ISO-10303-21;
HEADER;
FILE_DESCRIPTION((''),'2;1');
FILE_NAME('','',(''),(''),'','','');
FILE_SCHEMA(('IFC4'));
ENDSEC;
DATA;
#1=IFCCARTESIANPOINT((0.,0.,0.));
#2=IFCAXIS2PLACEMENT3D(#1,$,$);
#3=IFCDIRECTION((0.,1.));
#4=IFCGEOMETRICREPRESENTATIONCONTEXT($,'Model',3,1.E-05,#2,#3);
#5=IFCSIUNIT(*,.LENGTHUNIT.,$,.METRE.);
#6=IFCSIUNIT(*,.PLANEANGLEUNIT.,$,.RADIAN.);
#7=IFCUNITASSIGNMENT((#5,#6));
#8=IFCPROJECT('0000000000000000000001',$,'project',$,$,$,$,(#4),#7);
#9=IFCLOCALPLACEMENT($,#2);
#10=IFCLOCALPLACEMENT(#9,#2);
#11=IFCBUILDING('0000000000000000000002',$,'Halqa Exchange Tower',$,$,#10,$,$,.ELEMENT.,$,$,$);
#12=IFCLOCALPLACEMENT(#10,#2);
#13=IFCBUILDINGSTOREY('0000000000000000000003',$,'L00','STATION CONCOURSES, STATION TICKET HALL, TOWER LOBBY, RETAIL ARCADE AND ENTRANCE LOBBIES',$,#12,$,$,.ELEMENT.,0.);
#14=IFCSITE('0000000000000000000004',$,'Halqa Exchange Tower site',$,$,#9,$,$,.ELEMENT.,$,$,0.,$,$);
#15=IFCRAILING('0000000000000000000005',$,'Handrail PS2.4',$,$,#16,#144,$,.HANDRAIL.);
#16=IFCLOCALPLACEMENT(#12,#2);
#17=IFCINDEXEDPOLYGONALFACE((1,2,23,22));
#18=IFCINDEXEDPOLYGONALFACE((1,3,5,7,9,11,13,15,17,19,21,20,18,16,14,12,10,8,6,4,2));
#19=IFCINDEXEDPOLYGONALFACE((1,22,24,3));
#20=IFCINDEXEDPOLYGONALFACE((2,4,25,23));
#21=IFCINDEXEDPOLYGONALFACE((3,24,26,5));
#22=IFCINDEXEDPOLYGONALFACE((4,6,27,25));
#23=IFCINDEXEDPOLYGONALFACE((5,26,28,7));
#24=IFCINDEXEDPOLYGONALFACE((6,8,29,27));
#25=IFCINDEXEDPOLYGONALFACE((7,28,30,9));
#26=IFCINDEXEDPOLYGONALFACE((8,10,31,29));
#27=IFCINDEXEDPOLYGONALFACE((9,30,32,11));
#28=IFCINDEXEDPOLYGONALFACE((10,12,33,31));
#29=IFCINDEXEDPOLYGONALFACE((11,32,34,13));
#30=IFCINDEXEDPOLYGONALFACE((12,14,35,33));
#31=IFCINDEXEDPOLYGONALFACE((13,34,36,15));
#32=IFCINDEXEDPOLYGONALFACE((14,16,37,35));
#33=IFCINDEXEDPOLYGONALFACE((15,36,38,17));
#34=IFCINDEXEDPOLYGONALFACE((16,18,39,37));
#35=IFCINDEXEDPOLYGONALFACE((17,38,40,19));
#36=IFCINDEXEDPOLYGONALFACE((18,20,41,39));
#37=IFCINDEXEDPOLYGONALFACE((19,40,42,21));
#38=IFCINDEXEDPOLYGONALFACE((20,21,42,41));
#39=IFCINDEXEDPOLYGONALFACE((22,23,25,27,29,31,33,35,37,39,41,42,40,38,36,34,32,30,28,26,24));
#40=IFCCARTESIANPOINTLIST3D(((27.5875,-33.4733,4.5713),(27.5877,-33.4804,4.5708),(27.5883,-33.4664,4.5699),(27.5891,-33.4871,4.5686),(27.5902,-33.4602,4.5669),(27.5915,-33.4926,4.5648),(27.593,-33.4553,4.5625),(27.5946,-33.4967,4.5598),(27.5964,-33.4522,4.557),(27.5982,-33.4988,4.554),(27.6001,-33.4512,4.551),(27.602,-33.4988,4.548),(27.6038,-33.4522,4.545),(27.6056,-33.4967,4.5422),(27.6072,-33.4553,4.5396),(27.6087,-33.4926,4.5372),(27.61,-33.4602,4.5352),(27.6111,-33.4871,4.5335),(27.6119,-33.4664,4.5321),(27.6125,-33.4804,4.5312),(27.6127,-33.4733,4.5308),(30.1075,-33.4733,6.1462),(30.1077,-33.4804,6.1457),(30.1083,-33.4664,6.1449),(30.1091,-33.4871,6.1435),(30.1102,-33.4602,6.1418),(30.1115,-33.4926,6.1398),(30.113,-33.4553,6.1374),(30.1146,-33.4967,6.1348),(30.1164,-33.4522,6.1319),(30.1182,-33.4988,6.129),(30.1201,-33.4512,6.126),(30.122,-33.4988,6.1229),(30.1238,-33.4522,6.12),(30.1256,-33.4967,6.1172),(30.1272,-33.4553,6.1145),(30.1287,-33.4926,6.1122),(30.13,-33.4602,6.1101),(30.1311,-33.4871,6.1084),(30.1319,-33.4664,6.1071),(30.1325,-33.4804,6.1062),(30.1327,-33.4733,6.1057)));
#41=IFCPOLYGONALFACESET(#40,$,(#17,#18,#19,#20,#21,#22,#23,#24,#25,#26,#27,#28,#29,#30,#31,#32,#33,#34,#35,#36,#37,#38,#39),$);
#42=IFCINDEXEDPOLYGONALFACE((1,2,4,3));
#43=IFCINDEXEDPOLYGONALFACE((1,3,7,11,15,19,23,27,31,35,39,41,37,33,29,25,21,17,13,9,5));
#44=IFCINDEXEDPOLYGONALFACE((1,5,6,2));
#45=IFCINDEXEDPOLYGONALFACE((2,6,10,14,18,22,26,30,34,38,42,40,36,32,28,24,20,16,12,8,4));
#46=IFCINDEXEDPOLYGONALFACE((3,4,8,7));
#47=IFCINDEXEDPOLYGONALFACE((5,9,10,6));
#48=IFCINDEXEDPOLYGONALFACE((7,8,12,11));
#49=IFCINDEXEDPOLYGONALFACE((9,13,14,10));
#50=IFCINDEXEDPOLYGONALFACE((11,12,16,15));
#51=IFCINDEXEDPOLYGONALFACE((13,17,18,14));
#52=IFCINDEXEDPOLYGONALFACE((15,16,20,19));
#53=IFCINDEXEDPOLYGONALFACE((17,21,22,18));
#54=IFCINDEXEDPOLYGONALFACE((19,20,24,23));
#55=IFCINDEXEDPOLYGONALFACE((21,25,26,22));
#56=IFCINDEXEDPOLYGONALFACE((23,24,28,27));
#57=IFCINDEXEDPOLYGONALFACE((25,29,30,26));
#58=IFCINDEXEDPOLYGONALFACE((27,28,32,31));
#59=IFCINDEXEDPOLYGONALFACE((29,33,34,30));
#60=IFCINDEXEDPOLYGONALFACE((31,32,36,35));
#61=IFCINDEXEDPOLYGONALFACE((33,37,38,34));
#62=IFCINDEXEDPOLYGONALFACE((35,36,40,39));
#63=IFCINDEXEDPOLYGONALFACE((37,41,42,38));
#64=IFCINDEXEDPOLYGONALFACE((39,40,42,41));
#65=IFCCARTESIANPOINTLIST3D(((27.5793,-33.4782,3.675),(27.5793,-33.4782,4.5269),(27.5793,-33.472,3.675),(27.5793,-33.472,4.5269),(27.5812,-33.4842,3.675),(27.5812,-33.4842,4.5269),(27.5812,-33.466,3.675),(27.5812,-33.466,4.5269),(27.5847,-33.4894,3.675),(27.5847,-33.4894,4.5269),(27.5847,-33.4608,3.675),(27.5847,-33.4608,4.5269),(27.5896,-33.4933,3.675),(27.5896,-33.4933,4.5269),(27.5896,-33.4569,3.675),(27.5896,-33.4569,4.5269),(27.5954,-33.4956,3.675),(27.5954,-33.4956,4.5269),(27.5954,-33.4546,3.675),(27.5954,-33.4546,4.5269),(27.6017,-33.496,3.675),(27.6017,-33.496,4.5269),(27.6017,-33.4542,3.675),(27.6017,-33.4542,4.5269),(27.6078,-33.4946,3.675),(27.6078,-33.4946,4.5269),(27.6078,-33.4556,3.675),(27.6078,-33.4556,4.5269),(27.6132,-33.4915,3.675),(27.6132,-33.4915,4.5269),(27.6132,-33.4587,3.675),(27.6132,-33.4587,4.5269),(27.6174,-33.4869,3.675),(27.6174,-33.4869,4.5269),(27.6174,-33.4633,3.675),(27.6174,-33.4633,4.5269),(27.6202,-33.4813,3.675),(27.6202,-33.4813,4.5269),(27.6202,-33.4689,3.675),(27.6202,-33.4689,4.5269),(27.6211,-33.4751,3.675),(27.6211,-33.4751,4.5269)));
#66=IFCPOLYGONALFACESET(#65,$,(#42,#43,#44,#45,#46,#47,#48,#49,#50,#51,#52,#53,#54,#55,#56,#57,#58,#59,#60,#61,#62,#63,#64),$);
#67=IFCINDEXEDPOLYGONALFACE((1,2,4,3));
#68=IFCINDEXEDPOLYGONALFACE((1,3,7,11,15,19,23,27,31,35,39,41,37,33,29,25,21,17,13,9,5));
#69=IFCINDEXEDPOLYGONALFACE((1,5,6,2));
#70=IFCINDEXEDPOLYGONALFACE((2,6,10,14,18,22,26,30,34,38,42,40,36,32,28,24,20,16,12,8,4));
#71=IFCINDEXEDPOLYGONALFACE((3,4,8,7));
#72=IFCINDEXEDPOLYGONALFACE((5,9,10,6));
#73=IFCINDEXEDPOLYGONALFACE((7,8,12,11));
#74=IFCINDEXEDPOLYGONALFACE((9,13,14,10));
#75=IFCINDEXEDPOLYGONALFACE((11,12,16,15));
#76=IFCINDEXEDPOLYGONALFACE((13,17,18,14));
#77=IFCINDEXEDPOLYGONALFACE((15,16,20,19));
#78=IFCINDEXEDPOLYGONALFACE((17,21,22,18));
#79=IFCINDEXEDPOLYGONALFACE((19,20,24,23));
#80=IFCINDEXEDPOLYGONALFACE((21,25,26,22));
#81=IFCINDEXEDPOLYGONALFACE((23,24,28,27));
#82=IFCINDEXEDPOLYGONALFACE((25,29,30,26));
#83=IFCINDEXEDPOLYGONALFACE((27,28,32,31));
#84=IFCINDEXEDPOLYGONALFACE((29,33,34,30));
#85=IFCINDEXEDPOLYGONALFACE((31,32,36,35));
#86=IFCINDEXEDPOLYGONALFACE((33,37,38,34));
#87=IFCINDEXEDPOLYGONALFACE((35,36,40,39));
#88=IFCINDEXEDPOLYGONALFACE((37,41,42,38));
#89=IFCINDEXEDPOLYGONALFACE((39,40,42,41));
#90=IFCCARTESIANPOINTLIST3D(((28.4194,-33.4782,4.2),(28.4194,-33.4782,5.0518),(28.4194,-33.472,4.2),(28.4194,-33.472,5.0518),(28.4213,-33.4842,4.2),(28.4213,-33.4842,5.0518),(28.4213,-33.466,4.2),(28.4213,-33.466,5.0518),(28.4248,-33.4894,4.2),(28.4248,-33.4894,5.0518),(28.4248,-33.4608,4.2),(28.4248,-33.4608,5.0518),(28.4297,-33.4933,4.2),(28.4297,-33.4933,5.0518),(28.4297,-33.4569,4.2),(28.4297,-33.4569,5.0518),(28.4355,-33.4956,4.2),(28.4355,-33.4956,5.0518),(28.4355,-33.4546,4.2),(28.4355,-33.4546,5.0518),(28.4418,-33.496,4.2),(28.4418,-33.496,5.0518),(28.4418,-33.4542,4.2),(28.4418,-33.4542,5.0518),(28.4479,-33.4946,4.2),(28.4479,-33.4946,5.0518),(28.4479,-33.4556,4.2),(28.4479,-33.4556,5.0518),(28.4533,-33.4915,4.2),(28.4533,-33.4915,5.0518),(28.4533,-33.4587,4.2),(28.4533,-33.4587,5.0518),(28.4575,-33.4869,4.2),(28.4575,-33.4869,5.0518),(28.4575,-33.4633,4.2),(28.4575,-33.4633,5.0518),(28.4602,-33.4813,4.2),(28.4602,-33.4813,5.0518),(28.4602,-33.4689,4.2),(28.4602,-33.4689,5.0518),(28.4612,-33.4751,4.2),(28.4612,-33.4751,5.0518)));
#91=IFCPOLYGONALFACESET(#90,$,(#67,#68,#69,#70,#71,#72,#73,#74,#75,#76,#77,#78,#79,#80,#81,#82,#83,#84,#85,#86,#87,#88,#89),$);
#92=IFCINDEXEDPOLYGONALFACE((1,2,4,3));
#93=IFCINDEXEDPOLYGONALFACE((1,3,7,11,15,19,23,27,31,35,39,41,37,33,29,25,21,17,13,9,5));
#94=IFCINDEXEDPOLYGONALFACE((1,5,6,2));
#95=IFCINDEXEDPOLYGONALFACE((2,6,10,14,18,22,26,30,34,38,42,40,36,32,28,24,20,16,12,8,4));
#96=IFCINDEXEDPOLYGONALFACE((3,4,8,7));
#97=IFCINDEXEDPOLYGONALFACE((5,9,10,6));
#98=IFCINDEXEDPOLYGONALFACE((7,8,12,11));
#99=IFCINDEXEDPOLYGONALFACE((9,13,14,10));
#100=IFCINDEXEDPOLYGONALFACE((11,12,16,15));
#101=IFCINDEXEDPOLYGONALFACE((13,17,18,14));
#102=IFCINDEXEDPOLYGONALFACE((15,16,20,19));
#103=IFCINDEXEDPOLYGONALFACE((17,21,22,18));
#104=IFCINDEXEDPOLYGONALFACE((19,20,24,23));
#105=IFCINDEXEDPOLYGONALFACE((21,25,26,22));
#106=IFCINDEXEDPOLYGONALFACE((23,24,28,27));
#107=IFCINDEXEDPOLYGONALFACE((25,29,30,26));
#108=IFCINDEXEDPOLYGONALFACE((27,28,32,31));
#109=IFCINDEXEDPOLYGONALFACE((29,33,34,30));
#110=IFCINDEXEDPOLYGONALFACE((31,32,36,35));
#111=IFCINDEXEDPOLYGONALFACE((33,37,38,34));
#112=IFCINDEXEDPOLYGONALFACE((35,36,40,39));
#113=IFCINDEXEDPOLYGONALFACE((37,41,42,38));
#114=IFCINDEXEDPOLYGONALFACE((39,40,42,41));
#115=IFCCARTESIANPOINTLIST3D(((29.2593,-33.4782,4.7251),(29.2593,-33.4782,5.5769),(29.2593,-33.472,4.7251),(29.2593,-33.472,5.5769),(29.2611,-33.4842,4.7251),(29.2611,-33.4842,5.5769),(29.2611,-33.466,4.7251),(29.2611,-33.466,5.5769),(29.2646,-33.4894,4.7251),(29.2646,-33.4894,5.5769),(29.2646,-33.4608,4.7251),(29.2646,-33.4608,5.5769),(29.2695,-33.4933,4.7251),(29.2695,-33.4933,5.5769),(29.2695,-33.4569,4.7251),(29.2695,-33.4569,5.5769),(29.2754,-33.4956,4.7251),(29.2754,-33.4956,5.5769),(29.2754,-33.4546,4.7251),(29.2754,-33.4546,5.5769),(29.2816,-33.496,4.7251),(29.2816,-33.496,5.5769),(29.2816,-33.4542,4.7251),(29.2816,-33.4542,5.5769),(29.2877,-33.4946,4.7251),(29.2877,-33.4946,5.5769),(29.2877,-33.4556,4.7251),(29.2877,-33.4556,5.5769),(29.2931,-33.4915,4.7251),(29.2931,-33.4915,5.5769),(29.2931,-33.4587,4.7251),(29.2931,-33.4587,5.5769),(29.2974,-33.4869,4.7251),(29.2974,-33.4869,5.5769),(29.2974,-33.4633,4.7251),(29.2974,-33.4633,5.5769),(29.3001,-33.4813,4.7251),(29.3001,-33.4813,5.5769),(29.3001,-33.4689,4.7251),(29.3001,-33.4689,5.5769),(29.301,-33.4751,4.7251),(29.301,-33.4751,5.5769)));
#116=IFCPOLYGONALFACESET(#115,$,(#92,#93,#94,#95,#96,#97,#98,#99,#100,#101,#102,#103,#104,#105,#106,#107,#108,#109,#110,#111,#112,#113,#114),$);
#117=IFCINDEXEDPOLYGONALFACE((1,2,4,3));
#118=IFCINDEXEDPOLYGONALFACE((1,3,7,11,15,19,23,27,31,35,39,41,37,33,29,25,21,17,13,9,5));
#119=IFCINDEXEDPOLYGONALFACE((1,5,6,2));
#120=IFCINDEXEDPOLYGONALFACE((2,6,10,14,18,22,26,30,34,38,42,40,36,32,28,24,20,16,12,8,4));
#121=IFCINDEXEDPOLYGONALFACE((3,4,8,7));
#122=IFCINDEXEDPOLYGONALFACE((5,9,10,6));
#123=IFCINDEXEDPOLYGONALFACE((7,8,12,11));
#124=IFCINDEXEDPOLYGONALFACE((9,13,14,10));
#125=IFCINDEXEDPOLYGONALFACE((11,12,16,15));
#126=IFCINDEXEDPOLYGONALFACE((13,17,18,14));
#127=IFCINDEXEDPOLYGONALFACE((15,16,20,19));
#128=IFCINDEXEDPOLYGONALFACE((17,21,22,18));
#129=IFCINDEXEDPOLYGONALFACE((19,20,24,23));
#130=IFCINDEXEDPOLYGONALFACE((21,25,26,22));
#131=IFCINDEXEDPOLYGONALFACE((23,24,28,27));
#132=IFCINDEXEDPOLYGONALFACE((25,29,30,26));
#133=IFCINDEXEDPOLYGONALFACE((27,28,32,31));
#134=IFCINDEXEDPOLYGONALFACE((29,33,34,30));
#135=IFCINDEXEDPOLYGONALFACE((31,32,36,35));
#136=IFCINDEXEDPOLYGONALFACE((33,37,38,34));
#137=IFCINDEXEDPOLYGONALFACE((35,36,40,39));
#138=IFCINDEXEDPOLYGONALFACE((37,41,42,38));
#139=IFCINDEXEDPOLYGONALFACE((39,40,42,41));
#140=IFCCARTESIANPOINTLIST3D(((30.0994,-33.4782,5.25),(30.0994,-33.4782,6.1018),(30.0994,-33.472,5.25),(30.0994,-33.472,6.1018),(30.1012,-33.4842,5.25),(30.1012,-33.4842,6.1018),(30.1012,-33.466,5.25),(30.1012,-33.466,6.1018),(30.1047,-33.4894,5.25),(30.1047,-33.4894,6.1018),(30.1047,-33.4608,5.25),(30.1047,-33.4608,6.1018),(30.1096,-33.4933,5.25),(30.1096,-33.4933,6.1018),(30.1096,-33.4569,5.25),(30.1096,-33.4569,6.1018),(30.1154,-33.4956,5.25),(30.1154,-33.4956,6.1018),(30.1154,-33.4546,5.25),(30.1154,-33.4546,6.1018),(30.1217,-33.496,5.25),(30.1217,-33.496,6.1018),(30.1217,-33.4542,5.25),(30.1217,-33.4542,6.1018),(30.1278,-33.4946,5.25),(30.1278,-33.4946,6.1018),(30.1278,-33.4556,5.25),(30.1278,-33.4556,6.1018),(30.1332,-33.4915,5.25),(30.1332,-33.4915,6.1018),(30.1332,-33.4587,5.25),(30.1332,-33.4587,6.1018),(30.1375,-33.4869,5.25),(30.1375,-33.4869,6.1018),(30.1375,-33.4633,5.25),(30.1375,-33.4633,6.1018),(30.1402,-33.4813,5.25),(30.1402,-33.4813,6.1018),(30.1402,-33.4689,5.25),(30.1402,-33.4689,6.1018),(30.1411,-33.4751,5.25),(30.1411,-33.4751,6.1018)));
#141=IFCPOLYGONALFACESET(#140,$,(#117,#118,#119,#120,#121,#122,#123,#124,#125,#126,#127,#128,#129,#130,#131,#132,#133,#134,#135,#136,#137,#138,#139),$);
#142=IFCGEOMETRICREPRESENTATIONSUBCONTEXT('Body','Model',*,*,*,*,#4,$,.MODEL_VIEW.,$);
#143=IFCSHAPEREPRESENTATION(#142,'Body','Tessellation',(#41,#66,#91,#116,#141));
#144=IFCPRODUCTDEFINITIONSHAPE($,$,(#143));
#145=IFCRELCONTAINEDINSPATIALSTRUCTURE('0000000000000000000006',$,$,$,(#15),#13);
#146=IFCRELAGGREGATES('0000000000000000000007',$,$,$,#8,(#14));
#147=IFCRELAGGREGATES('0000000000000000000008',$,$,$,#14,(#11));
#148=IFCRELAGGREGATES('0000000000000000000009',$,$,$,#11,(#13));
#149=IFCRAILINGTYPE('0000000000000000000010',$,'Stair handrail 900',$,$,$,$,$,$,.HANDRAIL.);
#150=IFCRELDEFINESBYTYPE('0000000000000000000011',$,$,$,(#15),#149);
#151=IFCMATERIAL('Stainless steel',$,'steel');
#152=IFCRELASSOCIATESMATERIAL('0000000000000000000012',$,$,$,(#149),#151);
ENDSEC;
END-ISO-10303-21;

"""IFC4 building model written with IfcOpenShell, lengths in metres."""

from ifc_helpers import new_model, si_unit, direction, frame, origin, origin_2d, place, context, subcontext, project, spatial, circle, extrude, material, type_object, element, save


model = new_model("IFC4")

# Units and contexts
model_context = context("Model", 3, precision=1e-05, world=origin(), true_north=direction((0.0, 1.0)))
body_context = subcontext(model_context, "Body", "Model", "MODEL_VIEW")
ifc_project = project(units=[si_unit("LENGTHUNIT", "METRE"), si_unit("PLANEANGLEUNIT", "RADIAN")], contexts=[model_context])

# Site, building, storey
site_placement = place(None, origin())
site = spatial("IfcSite", under=ifc_project, at=site_placement, Name="Halqa Exchange Tower site", CompositionType="ELEMENT", RefElevation=0.0)
building_placement = place(site_placement, origin())
building = spatial("IfcBuilding", under=site, at=building_placement, Name="Halqa Exchange Tower", CompositionType="ELEMENT")
storey_placement = place(building_placement, origin())
storey = spatial("IfcBuildingStorey", under=building, at=storey_placement, Name="L00", Description="STATION CONCOURSES, STATION TICKET HALL, TOWER LOBBY, RETAIL ARCADE AND ENTRANCE LOBBIES", CompositionType="ELEMENT", Elevation=0.0)

# Railing
ifc_material_1 = material(Name="Stainless steel", Category="steel")
railing_type = type_object("IfcRailingType", Name="Stair handrail 900", PredefinedType="HANDRAIL", material=ifc_material_1)
railing_1_placement = place(storey_placement, frame((27.6001, -33.4751, 3.675)))
element("IfcRailing", 1, at=railing_1_placement, inside=storey, type_object=railing_type, Name="Handrail PS2.4", PredefinedType="HANDRAIL", context=body_context, shape_type="SweptSolid", body=[
    extrude(circle(Radius=0.0239, at=origin_2d()), frame((0.0, 0.0, 0.876), z_axis=(0.848008, 0.0, 0.529984), x_axis=(0.0, 1.0, 0.0)), (0.0, 0.0, 1.0), 2.9717),
    extrude(circle(Radius=0.021, at=origin_2d()), origin(), (0.0, 0.0, 1.0), 0.8518),
    extrude(circle(Radius=0.021, at=origin_2d()), frame((0.8401, 0.0, 0.5249)), (0.0, 0.0, 1.0), 0.8518),
    extrude(circle(Radius=0.021, at=origin_2d()), frame((1.6799, 0.0, 1.05)), (0.0, 0.0, 1.0), 0.8518),
    extrude(circle(Radius=0.021, at=origin_2d()), frame((2.52, 0.0, 1.575)), (0.0, 0.0, 1.0), 0.8518),
])

save(model, "model.ifc")
